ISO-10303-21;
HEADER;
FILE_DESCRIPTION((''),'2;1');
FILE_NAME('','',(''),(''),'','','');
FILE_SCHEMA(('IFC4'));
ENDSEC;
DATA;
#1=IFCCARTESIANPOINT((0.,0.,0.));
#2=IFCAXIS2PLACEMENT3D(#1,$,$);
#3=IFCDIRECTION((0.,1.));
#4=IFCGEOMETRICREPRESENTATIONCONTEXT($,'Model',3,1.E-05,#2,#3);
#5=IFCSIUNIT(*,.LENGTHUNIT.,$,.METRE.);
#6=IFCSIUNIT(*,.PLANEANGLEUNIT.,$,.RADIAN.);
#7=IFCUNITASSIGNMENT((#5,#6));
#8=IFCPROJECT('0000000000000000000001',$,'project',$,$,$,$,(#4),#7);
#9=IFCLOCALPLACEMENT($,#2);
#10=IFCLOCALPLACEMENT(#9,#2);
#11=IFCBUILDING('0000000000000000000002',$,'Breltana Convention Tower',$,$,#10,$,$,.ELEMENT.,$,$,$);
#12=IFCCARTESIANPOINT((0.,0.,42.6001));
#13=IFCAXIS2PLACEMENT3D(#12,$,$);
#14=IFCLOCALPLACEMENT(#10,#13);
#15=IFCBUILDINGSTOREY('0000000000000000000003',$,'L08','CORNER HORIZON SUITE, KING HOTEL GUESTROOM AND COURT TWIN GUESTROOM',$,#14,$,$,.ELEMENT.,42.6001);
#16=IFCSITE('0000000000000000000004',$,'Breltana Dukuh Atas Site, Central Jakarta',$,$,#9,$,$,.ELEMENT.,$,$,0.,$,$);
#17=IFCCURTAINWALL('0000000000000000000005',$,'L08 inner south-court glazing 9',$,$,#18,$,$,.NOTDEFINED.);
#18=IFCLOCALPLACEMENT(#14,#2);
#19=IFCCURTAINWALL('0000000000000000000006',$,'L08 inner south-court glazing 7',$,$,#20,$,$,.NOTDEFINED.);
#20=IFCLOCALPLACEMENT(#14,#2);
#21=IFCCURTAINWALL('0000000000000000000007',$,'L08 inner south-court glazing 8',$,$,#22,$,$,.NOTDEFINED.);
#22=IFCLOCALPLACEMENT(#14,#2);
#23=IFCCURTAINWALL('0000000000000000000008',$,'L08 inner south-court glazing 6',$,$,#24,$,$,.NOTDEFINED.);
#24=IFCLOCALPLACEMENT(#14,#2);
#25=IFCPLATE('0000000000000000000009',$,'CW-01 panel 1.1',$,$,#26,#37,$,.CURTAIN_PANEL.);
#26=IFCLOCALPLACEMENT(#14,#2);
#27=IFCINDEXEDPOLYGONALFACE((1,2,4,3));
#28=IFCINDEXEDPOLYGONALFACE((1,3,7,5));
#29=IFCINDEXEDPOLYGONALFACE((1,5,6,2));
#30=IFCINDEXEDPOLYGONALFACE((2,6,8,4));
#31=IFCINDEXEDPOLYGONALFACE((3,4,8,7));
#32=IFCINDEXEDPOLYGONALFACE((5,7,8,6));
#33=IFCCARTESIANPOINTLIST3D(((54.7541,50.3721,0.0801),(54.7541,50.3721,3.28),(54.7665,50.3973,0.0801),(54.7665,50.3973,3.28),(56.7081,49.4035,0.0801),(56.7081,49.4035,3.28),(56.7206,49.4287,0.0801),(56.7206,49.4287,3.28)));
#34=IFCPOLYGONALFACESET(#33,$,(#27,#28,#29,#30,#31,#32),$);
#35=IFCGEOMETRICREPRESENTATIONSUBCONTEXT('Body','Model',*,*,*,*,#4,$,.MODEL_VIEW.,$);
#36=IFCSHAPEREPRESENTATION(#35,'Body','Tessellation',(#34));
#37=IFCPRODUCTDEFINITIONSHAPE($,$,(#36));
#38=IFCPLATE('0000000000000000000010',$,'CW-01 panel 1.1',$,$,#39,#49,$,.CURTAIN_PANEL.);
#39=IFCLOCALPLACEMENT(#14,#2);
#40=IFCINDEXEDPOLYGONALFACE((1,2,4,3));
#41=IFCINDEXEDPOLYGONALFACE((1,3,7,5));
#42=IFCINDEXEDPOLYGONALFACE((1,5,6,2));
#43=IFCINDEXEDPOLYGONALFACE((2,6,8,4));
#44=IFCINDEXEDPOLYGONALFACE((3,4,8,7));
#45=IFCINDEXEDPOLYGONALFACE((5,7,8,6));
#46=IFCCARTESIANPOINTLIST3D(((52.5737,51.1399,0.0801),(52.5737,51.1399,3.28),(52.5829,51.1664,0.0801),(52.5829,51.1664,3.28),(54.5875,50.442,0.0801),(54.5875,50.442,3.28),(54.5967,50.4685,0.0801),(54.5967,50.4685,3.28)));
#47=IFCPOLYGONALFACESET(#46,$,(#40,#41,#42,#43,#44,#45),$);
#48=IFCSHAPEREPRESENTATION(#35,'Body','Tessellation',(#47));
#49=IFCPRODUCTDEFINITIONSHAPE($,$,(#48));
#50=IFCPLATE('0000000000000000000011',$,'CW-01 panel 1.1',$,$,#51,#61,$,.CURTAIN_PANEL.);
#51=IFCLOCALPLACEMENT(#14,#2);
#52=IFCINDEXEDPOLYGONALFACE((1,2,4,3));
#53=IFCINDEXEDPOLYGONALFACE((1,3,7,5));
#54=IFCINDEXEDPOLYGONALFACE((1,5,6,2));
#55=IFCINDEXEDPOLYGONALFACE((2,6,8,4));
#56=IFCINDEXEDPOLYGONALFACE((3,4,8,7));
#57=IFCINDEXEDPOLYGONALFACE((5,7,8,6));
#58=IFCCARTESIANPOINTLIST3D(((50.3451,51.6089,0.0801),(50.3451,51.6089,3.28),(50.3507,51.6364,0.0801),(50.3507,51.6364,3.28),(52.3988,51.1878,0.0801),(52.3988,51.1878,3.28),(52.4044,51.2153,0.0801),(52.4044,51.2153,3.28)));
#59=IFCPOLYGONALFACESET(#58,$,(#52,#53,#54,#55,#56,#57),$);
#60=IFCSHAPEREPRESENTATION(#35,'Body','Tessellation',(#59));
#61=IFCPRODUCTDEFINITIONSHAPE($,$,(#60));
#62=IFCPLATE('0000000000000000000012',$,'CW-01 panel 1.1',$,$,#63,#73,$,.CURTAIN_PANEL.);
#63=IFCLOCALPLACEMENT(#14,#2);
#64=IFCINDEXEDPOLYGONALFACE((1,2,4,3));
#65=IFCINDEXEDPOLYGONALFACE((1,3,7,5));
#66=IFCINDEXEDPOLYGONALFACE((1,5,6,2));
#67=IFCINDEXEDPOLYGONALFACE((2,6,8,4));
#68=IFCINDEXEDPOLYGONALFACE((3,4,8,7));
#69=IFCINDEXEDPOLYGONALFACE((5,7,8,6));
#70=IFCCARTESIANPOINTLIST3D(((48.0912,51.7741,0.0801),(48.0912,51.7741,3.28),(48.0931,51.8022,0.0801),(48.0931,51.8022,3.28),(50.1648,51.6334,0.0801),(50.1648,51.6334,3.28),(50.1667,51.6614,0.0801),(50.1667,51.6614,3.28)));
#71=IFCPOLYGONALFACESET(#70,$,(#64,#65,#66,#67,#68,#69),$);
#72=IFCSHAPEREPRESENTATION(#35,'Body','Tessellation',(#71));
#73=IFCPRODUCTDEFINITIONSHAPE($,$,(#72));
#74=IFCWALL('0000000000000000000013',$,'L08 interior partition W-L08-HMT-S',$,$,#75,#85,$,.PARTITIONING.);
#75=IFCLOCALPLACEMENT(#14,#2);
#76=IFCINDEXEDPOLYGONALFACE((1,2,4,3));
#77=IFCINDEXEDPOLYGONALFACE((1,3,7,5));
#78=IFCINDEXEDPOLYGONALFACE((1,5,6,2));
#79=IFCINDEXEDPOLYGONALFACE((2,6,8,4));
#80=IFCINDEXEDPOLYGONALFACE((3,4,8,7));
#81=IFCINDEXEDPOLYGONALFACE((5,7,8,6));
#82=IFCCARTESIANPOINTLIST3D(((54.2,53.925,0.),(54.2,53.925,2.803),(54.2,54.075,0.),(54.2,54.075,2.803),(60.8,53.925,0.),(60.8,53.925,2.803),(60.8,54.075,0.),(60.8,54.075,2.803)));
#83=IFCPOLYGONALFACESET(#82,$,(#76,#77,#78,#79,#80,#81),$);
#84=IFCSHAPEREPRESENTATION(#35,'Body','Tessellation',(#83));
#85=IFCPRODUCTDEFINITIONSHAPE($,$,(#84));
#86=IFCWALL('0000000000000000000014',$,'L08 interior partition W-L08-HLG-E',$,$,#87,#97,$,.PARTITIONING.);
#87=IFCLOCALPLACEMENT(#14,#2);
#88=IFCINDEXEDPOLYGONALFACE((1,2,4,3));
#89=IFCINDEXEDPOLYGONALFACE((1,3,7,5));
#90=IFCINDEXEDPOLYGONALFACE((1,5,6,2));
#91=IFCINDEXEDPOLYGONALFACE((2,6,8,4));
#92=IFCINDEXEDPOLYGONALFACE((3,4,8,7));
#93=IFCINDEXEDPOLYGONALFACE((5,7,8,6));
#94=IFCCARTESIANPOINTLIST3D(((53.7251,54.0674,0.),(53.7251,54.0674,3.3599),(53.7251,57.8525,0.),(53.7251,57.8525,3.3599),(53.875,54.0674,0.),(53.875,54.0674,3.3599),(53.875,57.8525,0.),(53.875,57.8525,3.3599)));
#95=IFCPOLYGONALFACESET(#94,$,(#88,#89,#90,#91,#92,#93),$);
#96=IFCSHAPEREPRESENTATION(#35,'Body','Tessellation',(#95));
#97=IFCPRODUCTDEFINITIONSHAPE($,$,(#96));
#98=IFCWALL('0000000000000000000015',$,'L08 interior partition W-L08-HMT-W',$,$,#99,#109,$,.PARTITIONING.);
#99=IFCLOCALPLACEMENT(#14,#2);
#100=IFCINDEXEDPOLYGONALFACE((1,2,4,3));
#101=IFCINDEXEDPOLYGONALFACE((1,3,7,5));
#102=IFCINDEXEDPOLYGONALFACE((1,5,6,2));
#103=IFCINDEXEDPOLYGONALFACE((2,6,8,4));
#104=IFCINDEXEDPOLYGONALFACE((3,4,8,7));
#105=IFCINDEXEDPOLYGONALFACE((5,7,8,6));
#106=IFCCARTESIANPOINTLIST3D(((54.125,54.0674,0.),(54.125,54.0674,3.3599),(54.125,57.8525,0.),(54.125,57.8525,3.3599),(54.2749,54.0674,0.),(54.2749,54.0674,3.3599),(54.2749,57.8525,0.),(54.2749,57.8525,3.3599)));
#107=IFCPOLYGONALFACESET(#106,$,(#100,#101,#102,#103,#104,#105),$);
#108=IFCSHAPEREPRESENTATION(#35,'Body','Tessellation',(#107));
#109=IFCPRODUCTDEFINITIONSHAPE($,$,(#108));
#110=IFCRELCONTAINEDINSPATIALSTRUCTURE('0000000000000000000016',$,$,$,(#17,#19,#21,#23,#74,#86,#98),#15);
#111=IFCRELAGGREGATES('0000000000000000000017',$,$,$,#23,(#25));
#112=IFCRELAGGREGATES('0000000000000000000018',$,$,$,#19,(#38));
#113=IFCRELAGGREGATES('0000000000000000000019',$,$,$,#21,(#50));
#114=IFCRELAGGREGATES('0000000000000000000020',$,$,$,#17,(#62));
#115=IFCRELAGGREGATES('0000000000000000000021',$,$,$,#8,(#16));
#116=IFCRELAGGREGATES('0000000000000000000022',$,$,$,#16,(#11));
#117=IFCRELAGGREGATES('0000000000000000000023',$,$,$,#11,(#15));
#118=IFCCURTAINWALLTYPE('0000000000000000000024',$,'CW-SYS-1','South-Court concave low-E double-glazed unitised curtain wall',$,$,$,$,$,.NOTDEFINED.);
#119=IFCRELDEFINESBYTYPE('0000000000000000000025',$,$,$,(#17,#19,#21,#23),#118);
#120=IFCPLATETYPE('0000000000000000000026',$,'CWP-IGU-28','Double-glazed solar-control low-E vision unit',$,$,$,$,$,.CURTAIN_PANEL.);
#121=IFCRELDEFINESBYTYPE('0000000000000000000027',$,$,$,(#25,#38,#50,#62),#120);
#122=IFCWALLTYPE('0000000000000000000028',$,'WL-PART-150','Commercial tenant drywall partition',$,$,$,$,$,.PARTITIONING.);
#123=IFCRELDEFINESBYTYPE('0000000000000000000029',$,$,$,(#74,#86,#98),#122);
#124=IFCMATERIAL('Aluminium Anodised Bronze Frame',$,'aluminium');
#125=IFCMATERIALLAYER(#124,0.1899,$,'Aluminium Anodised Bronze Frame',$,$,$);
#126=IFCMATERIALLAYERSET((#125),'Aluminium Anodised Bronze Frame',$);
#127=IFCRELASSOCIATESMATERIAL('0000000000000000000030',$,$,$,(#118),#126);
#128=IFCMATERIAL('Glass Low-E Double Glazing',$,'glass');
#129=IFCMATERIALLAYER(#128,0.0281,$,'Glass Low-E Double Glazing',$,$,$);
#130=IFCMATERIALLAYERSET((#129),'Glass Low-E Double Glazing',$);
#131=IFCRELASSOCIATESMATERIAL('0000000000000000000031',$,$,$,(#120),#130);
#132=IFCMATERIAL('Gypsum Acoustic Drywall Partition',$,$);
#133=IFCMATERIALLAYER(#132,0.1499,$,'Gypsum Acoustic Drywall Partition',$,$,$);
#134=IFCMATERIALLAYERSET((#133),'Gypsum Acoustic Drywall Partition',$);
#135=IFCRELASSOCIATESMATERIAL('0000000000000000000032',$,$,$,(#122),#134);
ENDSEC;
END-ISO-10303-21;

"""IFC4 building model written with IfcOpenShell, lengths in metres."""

from ifc_helpers import new_model, si_unit, direction, frame, frame_2d, origin, origin_2d, place, context, subcontext, project, spatial, rectangle, extrude, source, transform, mapped, material, layer, layer_set, type_object, element, aggregate, save


model = new_model("IFC4")

# Units and contexts
model_context = context("Model", 3, precision=1e-05, world=origin(), true_north=direction((0.0, 1.0)))
body_context = subcontext(model_context, "Body", "Model", "MODEL_VIEW")
ifc_project = project(units=[si_unit("LENGTHUNIT", "METRE"), si_unit("PLANEANGLEUNIT", "RADIAN")], contexts=[model_context])

# Site, building, storey
site_placement = place(None, origin())
site = spatial("IfcSite", under=ifc_project, at=site_placement, Name="Breltana Dukuh Atas Site, Central Jakarta", CompositionType="ELEMENT", RefElevation=0.0)
building_placement = place(site_placement, origin())
building = spatial("IfcBuilding", under=site, at=building_placement, Name="Breltana Convention Tower", CompositionType="ELEMENT")
storey_placement = place(building_placement, frame((0.0, 0.0, 42.6001)))
storey = spatial("IfcBuildingStorey", under=building, at=storey_placement, Name="L08", Description="CORNER HORIZON SUITE, KING HOTEL GUESTROOM AND COURT TWIN GUESTROOM", CompositionType="ELEMENT", Elevation=42.6001)

# Curtain walls
ifc_material_1 = material(Name="Aluminium Anodised Bronze Frame", Category="aluminium")
ifc_layer_1 = layer(ifc_material_1, 0.1899, Name="Aluminium Anodised Bronze Frame")
ifc_layer_set_1 = layer_set([ifc_layer_1], Name="Aluminium Anodised Bronze Frame")
curtain_wall_type = type_object("IfcCurtainWallType", Name="CW-SYS-1", Description="South-Court concave low-E double-glazed unitised curtain wall", PredefinedType="NOTDEFINED", material=ifc_layer_set_1)
curtain_wall_1_placement = place(storey_placement, origin())
curtain_wall_1 = element("IfcCurtainWall", 1, at=curtain_wall_1_placement, inside=storey, type_object=curtain_wall_type, Name="L08 inner south-court glazing 9", PredefinedType="NOTDEFINED")
curtain_wall_2_placement = place(storey_placement, origin())
curtain_wall_2 = element("IfcCurtainWall", 2, at=curtain_wall_2_placement, inside=storey, type_object=curtain_wall_type, Name="L08 inner south-court glazing 7", PredefinedType="NOTDEFINED")
curtain_wall_3_placement = place(storey_placement, origin())
curtain_wall_3 = element("IfcCurtainWall", 3, at=curtain_wall_3_placement, inside=storey, type_object=curtain_wall_type, Name="L08 inner south-court glazing 8", PredefinedType="NOTDEFINED")

# Curtain wall
curtain_wall_4_placement = place(storey_placement, origin())
curtain_wall_4 = element("IfcCurtainWall", 4, at=curtain_wall_4_placement, inside=storey, type_object=curtain_wall_type, Name="L08 inner south-court glazing 6", PredefinedType="NOTDEFINED")

# Plates
ifc_material_2 = material(Name="Glass Low-E Double Glazing", Category="glass")
ifc_layer_2 = layer(ifc_material_2, 0.0281, Name="Glass Low-E Double Glazing")
ifc_layer_set_2 = layer_set([ifc_layer_2], Name="Glass Low-E Double Glazing")
plate_type = type_object("IfcPlateType", Name="CWP-IGU-28", Description="Double-glazed solar-control low-E vision unit", PredefinedType="CURTAIN_PANEL", material=ifc_layer_set_2)
shared_shape_1 = source(origin(), body_context, "Body", "SweptSolid", [
    extrude(rectangle(XDim=2.1809, YDim=0.0281, at=origin_2d()), origin(), (0.0, 0.0, 1.0), 3.2),
])
plate_1_placement = place(storey_placement, frame((55.7373, 49.9004, 0.0801), z_axis=(0.0, 0.0, 1.0), x_axis=(-0.895968, 0.444118, 0.0)))
plate_1 = element("IfcPlate", 5, at=plate_1_placement, type_object=plate_type, Name="CW-01 panel 1.1", PredefinedType="CURTAIN_PANEL", context=body_context, shape_type="MappedRepresentation", body=[
    mapped(shared_shape_1, transform((0.0, 0.0, 0.0), scale=1.0)),
])
aggregate(curtain_wall_4, [plate_1])
shared_shape_2 = source(origin(), body_context, "Body", "SweptSolid", [
    extrude(rectangle(XDim=2.1313, YDim=0.0281, at=origin_2d()), origin(), (0.0, 0.0, 1.0), 3.2),
])
plate_2_placement = place(storey_placement, frame((53.5852, 50.8042, 0.0801), z_axis=(0.0, 0.0, 1.0), x_axis=(-0.944881, 0.327413, 0.0)))
plate_2 = element("IfcPlate", 6, at=plate_2_placement, type_object=plate_type, Name="CW-01 panel 1.1", PredefinedType="CURTAIN_PANEL", context=body_context, shape_type="MappedRepresentation", body=[
    mapped(shared_shape_2, transform((0.0, 0.0, 0.0), scale=1.0)),
])
aggregate(curtain_wall_2, [plate_2])
shared_shape_3 = source(origin(), body_context, "Body", "SweptSolid", [
    extrude(rectangle(XDim=2.0964, YDim=0.0281, at=origin_2d()), origin(), (0.0, 0.0, 1.0), 3.2),
])
plate_3_placement = place(storey_placement, frame((51.3748, 51.4121, 0.0801), z_axis=(0.0, 0.0, 1.0), x_axis=(-0.979615, 0.200886, 0.0)))
plate_3 = element("IfcPlate", 7, at=plate_3_placement, type_object=plate_type, Name="CW-01 panel 1.1", PredefinedType="CURTAIN_PANEL", context=body_context, shape_type="MappedRepresentation", body=[
    mapped(shared_shape_3, transform((0.0, 0.0, 0.0), scale=1.0)),
])
aggregate(curtain_wall_3, [plate_3])
shared_shape_4 = source(origin(), body_context, "Body", "SweptSolid", [
    extrude(rectangle(XDim=2.0784, YDim=0.0281, at=origin_2d()), origin(), (0.0, 0.0, 1.0), 3.2),
])
plate_4_placement = place(storey_placement, frame((49.1289, 51.7178, 0.0801), z_axis=(0.0, 0.0, 1.0), x_axis=(-0.997704, 0.067726, 0.0)))
plate_4 = element("IfcPlate", 8, at=plate_4_placement, type_object=plate_type, Name="CW-01 panel 1.1", PredefinedType="CURTAIN_PANEL", context=body_context, shape_type="MappedRepresentation", body=[
    mapped(shared_shape_4, transform((0.0, 0.0, 0.0), scale=1.0)),
])
aggregate(curtain_wall_1, [plate_4])

# Walls
ifc_material_3 = material(Name="Gypsum Acoustic Drywall Partition")
ifc_layer_3 = layer(ifc_material_3, 0.1499, Name="Gypsum Acoustic Drywall Partition")
ifc_layer_set_3 = layer_set([ifc_layer_3], Name="Gypsum Acoustic Drywall Partition")
wall_type = type_object("IfcWallType", Name="WL-PART-150", Description="Commercial tenant drywall partition", PredefinedType="PARTITIONING", material=ifc_layer_set_3)
shared_shape_5 = source(origin(), body_context, "Body", "SweptSolid", [
    extrude(rectangle(XDim=6.6001, YDim=0.1499, at=frame_2d((3.3, 0.0))), origin(), (0.0, 0.0, 1.0), 2.803),
])
wall_placement = place(storey_placement, frame((54.2, 54.0, 0.0), z_axis=(0.0, 0.0, 1.0), x_axis=(1.0, 0.0, 0.0)))
element("IfcWall", 9, at=wall_placement, inside=storey, type_object=wall_type, Name="L08 interior partition W-L08-HMT-S", PredefinedType="PARTITIONING", context=body_context, shape_type="MappedRepresentation", body=[
    mapped(shared_shape_5, transform((0.0, 0.0, 0.0), scale=1.0)),
])
shared_shape_6 = source(origin(), body_context, "Body", "SweptSolid", [
    extrude(rectangle(XDim=3.7852, YDim=0.1499, at=frame_2d((1.8926, 0.0))), origin(), (0.0, 0.0, 1.0), 3.3599),
])
for number, where, z_axis, x_axis, name in (
    (10, (53.8, 54.0674, 0.0), (0.0, 0.0, 1.0), (0.0, 1.0, 0.0), "L08 interior partition W-L08-HLG-E"),
    (11, (54.2, 54.0674, 0.0), (0.0, 0.0, 1.0), (0.0, 1.0, 0.0), "L08 interior partition W-L08-HMT-W"),
):
    element("IfcWall", number, at=place(storey_placement, frame(where, z_axis=z_axis, x_axis=x_axis)), inside=storey, type_object=wall_type, Name=name, PredefinedType="PARTITIONING", context=body_context, shape_type="MappedRepresentation", body=[
        mapped(shared_shape_6, transform((0.0, 0.0, 0.0), scale=1.0)),
    ])

save(model, "model.ifc")
